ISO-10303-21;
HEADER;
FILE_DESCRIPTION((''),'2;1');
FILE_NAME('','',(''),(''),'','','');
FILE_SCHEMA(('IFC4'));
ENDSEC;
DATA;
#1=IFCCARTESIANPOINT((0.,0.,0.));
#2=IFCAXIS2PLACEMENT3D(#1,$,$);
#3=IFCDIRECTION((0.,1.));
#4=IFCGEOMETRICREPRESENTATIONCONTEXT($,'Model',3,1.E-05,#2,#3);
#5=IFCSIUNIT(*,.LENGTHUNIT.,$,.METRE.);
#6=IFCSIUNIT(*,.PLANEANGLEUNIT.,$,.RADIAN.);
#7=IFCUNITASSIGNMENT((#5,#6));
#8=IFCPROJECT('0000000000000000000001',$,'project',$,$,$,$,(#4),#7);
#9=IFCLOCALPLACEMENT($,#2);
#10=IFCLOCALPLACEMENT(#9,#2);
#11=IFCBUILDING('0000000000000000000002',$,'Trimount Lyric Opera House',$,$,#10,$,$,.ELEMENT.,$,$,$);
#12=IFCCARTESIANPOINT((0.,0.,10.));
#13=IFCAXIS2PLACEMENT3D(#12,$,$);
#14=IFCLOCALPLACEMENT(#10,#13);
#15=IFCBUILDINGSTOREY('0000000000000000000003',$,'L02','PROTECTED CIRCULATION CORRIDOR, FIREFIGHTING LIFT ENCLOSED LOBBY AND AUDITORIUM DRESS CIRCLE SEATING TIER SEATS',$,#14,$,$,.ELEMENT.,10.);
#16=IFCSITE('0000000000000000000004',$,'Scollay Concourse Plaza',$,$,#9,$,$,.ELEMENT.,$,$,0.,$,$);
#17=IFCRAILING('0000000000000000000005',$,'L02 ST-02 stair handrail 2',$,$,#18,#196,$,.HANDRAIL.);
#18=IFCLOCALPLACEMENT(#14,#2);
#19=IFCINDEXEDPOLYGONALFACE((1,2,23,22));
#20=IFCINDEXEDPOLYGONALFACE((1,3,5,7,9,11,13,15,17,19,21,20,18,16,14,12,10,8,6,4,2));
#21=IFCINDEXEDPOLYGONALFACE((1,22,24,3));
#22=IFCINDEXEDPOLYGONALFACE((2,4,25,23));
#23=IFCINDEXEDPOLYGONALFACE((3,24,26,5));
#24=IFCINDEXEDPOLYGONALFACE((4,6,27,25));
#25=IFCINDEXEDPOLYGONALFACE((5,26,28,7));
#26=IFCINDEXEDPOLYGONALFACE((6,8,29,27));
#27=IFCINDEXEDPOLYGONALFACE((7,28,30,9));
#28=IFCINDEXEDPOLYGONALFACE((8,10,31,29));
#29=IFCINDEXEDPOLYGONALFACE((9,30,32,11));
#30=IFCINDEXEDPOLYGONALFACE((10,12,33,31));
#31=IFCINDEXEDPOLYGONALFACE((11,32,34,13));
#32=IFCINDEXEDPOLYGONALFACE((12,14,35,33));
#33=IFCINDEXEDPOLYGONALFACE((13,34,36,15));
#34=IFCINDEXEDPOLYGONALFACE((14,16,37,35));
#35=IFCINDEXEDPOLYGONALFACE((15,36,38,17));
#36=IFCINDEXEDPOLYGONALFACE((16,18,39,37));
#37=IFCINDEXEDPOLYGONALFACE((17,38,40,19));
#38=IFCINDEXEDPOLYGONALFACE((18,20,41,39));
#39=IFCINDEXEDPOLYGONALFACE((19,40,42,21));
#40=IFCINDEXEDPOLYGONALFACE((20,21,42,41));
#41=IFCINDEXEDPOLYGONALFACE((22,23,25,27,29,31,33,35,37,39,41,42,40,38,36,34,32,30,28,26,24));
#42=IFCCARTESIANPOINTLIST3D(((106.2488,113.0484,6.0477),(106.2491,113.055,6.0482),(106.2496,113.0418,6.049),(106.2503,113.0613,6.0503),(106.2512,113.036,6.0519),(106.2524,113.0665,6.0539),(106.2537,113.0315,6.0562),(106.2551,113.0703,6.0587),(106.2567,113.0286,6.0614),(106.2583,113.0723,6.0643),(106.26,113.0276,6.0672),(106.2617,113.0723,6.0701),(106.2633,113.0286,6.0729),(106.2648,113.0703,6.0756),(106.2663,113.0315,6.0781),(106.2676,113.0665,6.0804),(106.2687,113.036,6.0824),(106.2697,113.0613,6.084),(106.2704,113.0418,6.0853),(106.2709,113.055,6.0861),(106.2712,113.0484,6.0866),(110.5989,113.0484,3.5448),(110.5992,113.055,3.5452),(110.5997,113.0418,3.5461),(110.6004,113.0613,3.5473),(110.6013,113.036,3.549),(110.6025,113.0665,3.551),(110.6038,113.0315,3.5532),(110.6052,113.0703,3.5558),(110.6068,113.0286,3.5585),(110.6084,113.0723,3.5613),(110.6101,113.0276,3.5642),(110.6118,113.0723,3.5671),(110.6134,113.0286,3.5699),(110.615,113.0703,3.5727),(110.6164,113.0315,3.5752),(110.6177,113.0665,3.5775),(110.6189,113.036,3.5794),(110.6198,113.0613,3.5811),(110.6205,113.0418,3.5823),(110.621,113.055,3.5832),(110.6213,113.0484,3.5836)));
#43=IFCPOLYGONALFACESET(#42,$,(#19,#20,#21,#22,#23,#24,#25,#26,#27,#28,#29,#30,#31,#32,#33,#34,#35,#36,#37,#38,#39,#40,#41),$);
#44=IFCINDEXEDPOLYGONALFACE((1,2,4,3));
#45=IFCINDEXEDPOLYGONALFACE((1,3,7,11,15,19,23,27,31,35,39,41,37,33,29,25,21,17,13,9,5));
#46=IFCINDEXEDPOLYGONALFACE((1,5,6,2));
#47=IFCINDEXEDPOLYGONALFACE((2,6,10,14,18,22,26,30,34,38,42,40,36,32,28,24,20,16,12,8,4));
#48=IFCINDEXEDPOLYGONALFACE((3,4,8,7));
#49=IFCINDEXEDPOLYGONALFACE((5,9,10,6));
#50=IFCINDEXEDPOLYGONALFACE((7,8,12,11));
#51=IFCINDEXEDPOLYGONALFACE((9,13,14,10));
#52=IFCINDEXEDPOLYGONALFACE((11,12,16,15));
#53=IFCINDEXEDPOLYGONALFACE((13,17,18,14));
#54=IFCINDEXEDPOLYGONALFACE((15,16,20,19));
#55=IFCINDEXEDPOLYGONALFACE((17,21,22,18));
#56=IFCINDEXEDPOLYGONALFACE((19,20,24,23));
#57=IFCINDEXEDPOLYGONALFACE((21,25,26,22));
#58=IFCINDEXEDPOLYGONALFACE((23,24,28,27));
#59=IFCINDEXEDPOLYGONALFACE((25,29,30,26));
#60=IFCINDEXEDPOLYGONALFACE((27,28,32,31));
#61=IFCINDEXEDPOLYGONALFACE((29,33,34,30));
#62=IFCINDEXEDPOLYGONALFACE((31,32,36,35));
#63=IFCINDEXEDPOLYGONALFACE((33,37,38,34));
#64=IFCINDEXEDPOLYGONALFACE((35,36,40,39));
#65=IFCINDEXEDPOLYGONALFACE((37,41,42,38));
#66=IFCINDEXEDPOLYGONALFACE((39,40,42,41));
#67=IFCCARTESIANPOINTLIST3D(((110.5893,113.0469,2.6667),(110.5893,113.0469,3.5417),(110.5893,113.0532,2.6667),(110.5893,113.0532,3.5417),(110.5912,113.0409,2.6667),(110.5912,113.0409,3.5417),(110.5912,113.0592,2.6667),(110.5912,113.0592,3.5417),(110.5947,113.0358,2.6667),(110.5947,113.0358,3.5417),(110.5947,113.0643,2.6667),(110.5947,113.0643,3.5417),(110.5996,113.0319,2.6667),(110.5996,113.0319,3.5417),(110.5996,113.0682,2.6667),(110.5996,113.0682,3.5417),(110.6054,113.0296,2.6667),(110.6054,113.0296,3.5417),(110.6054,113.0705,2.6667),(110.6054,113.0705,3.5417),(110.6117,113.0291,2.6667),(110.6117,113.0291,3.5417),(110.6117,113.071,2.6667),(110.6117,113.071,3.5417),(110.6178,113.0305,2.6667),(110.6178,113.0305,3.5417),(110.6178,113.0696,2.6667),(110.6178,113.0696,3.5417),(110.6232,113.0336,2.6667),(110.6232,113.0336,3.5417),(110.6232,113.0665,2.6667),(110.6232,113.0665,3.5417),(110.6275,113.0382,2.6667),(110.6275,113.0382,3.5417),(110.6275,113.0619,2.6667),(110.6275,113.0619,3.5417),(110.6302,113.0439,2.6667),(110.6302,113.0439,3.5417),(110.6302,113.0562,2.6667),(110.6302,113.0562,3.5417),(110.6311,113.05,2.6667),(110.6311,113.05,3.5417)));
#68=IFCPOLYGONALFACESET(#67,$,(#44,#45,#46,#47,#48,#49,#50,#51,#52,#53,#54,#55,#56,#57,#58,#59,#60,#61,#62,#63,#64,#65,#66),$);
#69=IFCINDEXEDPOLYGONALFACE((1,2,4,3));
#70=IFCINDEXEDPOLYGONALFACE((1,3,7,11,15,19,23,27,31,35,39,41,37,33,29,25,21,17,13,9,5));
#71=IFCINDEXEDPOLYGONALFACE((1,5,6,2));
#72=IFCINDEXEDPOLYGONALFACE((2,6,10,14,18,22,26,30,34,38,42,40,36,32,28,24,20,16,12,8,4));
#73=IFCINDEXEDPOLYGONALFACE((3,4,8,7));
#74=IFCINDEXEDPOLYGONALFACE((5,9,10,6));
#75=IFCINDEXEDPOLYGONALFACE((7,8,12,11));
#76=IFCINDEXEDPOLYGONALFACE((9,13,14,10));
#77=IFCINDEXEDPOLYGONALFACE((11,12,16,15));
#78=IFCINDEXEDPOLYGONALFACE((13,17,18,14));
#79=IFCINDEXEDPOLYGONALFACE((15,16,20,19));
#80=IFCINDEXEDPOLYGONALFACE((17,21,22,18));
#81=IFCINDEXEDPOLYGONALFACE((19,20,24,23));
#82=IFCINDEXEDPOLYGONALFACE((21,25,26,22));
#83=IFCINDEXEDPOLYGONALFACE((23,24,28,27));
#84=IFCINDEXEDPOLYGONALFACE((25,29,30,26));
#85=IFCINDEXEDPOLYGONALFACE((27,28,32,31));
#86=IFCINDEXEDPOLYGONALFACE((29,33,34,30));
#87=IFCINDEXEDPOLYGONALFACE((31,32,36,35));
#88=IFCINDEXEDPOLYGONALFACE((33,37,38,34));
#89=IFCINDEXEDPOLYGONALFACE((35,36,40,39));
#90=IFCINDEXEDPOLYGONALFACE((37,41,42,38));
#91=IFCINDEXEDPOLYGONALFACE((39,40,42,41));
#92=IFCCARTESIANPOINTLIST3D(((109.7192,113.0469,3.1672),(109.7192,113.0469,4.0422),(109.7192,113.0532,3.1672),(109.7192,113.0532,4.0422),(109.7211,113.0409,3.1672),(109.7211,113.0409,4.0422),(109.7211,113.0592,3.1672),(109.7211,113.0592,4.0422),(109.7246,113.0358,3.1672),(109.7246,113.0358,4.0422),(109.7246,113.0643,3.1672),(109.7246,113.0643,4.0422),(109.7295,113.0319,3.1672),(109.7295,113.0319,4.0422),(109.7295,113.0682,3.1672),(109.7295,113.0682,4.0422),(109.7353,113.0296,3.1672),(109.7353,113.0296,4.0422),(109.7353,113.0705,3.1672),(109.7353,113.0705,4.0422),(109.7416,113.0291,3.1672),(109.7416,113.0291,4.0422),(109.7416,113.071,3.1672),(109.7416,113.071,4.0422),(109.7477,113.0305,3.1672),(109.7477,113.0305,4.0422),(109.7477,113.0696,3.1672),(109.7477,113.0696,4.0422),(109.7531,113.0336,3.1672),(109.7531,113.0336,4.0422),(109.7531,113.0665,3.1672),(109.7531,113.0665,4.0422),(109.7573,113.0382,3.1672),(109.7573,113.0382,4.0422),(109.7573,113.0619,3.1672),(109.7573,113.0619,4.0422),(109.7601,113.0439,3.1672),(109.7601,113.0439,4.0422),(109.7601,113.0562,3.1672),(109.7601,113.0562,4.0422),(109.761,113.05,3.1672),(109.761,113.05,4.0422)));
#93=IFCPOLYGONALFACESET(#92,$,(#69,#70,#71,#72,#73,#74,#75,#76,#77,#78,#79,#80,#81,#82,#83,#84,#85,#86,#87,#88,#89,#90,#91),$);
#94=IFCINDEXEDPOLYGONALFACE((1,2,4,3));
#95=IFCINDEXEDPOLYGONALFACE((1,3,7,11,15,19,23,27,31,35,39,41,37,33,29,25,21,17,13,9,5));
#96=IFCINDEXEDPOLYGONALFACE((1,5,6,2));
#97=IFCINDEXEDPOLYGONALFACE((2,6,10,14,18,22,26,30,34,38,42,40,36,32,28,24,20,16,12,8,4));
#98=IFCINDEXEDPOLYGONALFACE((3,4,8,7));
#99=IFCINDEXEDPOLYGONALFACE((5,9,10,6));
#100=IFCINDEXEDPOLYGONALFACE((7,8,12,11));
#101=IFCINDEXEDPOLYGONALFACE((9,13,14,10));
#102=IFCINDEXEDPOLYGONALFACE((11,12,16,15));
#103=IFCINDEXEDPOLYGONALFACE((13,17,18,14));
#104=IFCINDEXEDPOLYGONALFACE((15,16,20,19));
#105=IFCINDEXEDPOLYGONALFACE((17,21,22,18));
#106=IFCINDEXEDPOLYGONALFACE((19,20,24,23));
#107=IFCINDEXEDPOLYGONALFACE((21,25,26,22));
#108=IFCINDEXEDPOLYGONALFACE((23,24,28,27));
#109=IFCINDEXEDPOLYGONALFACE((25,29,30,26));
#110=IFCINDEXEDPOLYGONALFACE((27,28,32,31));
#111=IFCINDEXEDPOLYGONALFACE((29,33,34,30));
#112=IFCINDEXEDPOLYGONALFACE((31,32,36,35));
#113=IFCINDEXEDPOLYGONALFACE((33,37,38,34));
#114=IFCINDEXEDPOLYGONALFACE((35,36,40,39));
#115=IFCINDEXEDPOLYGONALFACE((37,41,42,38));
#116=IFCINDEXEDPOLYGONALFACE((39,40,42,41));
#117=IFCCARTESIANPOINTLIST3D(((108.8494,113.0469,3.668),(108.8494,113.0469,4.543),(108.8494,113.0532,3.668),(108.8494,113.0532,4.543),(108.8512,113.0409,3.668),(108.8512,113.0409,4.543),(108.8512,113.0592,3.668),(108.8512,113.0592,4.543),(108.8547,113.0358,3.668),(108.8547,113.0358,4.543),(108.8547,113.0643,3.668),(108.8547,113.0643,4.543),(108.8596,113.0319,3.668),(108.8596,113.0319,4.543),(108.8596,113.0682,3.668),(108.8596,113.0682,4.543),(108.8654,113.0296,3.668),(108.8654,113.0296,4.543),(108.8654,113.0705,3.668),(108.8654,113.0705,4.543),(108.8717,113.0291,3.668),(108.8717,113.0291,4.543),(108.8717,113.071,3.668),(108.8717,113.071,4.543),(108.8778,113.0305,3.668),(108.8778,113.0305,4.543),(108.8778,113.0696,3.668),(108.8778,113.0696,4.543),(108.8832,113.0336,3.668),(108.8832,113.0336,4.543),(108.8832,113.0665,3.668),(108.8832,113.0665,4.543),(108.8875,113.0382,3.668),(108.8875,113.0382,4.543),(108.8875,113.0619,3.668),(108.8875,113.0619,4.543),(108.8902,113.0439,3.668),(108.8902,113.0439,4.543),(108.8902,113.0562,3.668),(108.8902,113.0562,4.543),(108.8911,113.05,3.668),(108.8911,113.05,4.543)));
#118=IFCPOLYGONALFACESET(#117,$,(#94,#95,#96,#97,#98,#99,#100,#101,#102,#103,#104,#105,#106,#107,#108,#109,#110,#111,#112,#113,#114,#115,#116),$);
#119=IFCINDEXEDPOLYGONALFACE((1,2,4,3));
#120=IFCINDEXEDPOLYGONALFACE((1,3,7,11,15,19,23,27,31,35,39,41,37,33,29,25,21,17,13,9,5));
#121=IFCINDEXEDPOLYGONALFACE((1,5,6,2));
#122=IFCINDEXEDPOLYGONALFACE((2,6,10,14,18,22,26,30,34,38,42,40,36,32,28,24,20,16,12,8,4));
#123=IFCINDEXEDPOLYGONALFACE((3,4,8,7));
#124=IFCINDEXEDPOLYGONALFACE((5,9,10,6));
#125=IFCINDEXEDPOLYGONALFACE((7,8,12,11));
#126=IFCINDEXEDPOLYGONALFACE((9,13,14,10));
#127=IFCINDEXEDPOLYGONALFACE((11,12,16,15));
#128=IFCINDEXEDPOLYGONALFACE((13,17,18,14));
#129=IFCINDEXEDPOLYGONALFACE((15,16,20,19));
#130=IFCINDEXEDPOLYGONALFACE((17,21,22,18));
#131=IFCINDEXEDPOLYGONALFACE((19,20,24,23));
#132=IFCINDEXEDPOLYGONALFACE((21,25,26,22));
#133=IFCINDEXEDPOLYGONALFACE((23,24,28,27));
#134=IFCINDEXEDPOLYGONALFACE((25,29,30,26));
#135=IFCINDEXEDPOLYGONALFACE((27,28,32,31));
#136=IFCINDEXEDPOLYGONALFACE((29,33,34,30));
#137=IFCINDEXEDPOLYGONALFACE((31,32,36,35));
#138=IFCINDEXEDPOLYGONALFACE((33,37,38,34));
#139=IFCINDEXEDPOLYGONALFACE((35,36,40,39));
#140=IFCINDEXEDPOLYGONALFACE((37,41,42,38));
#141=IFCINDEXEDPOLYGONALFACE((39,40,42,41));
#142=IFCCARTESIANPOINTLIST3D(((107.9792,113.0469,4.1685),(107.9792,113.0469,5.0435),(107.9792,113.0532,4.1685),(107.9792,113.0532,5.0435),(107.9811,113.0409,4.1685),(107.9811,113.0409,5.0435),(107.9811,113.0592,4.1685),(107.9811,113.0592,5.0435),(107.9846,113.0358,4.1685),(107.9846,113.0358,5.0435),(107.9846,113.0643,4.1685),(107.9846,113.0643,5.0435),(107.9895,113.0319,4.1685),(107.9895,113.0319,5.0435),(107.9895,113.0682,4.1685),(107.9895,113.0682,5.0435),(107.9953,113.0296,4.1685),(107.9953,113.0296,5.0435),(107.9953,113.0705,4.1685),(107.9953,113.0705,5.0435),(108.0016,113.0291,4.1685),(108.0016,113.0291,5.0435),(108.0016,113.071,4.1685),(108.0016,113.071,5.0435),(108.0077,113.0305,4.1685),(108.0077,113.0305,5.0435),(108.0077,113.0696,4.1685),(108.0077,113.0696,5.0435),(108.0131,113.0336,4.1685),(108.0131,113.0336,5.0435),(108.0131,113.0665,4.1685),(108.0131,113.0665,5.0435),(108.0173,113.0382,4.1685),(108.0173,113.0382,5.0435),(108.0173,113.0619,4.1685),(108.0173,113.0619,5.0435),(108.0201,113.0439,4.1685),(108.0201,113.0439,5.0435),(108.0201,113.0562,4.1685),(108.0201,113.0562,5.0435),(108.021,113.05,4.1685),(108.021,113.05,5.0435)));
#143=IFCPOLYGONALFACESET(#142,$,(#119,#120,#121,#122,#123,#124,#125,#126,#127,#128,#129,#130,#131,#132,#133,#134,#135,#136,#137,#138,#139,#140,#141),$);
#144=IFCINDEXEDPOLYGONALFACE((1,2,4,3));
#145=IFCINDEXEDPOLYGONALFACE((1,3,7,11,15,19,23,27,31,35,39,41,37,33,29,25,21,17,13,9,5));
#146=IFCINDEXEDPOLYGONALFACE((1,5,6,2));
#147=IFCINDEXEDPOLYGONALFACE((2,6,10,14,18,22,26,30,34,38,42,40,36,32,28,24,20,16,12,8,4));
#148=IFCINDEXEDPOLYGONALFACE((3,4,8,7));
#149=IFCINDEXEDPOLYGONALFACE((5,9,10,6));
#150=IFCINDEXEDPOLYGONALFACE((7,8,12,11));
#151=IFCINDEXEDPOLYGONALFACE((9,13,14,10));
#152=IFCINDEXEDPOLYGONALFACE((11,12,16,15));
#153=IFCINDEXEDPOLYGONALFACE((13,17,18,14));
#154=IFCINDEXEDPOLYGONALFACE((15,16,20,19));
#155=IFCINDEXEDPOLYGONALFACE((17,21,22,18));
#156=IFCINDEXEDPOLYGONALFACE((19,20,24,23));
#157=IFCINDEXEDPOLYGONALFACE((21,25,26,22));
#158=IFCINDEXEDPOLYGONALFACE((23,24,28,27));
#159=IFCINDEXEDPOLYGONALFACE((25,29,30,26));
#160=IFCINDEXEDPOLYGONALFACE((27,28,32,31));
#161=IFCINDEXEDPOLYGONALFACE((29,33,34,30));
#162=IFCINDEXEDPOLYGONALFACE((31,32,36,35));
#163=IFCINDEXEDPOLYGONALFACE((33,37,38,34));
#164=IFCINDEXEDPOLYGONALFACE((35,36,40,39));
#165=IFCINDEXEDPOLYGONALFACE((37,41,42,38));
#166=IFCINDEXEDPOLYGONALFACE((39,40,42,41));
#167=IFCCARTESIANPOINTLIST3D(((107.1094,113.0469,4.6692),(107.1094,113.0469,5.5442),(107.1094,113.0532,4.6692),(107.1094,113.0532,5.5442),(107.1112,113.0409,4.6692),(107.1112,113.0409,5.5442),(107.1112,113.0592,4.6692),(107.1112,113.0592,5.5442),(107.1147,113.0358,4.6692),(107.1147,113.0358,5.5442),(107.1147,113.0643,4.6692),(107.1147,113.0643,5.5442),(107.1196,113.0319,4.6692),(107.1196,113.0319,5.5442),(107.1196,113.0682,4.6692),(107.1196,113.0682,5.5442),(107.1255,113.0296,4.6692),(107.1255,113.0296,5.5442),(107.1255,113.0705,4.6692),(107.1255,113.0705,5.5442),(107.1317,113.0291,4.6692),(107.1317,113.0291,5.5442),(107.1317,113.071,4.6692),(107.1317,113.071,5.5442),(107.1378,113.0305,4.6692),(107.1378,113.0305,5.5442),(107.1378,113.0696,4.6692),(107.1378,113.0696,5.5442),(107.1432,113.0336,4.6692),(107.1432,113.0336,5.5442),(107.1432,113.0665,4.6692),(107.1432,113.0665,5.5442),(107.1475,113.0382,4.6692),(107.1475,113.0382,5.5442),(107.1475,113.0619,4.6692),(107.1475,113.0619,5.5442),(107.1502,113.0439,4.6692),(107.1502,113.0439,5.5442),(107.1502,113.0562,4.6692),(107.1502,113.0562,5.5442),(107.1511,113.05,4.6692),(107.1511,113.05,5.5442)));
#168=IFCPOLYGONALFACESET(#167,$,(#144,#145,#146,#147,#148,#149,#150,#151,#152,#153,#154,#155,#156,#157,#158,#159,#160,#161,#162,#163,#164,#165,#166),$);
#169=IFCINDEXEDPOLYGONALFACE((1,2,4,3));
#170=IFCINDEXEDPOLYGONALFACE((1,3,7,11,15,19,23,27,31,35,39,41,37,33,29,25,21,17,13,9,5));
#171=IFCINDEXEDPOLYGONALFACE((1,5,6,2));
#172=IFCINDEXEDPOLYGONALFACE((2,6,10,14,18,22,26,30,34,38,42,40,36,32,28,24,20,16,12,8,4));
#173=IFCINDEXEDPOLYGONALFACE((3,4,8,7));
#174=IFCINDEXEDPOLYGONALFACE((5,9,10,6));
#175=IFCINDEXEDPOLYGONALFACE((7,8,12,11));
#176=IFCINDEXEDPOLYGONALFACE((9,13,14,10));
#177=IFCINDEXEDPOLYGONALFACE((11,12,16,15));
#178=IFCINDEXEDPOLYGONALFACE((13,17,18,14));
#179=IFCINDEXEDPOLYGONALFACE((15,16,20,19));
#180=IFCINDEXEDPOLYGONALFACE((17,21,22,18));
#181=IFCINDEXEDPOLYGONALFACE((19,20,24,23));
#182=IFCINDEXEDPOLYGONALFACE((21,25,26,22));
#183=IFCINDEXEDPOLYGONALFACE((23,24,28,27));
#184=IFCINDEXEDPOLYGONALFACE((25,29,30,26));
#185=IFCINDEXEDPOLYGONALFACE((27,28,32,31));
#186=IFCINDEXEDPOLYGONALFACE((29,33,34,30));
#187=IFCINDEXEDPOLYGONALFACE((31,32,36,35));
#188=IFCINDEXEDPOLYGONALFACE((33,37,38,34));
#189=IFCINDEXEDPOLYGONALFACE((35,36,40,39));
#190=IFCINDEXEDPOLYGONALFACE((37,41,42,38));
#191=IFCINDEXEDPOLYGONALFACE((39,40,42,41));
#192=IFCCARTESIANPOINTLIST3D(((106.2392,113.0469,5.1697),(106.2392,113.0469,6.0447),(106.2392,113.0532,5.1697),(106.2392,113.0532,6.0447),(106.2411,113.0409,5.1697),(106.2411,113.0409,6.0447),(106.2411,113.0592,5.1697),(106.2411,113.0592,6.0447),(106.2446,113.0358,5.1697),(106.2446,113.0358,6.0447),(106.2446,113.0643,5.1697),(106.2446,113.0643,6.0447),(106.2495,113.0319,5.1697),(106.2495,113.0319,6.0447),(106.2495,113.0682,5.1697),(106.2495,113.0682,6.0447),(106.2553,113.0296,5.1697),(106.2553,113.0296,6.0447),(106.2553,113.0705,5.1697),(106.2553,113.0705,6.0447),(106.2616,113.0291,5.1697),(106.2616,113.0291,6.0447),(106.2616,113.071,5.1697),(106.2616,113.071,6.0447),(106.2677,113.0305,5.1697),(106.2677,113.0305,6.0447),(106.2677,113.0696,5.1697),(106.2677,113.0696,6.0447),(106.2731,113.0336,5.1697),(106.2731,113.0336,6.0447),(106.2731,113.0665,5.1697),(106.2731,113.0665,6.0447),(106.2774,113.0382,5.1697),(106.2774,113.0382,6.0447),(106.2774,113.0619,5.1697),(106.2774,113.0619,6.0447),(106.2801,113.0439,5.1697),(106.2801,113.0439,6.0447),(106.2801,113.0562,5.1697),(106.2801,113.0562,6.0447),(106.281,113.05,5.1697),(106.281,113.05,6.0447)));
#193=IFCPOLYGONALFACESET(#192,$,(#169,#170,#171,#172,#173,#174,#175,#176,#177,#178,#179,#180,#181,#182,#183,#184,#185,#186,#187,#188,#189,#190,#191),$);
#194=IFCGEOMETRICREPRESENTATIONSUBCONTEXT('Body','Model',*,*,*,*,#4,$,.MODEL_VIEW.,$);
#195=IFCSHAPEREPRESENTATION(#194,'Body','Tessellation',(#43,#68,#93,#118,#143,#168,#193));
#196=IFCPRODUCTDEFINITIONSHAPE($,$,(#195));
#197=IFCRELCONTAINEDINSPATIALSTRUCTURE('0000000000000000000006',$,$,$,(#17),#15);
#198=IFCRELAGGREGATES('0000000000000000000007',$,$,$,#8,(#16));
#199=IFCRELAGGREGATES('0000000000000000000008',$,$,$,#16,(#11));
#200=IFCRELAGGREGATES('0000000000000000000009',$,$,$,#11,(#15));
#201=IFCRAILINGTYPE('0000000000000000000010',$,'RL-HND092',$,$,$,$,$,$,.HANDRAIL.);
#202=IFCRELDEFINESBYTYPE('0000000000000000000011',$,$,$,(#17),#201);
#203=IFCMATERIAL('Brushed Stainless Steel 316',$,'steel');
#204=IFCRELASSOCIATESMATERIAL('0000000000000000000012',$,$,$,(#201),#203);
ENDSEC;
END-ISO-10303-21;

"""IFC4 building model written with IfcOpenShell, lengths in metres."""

from ifc_helpers import new_model, si_unit, direction, frame, origin, origin_2d, place, context, subcontext, project, spatial, circle, extrude, material, type_object, element, save


model = new_model("IFC4")

# Units and contexts
model_context = context("Model", 3, precision=1e-05, world=origin(), true_north=direction((0.0, 1.0)))
body_context = subcontext(model_context, "Body", "Model", "MODEL_VIEW")
ifc_project = project(units=[si_unit("LENGTHUNIT", "METRE"), si_unit("PLANEANGLEUNIT", "RADIAN")], contexts=[model_context])

# Site, building, storey
site_placement = place(None, origin())
site = spatial("IfcSite", under=ifc_project, at=site_placement, Name="Scollay Concourse Plaza", CompositionType="ELEMENT", RefElevation=0.0)
building_placement = place(site_placement, origin())
building = spatial("IfcBuilding", under=site, at=building_placement, Name="Trimount Lyric Opera House", CompositionType="ELEMENT")
storey_placement = place(building_placement, frame((0.0, 0.0, 10.0)))
storey = spatial("IfcBuildingStorey", under=building, at=storey_placement, Name="L02", Description="PROTECTED CIRCULATION CORRIDOR, FIREFIGHTING LIFT ENCLOSED LOBBY AND AUDITORIUM DRESS CIRCLE SEATING TIER SEATS", CompositionType="ELEMENT", Elevation=10.0)

# Railing
ifc_material_1 = material(Name="Brushed Stainless Steel 316", Category="steel")
railing_type_1 = type_object("IfcRailingType", Name="RL-HND092", PredefinedType="HANDRAIL", material=ifc_material_1)
railing_1_placement = place(storey_placement, frame((110.6101, 113.05, 2.6667)))
element("IfcRailing", 1, at=railing_1_placement, inside=storey, type_object=railing_type_1, Name="L02 ST-02 stair handrail 2", PredefinedType="HANDRAIL", context=body_context, shape_type="SweptSolid", body=[
    extrude(circle(Radius=0.0225, at=origin_2d()), frame((0.0, 0.0, 0.8975), z_axis=(-0.866766, 0.0, 0.498714), x_axis=(0.0, -1.0, 0.0)), (0.0, 0.0, 1.0), 5.0188),
    extrude(circle(Radius=0.021, at=origin_2d()), origin(), (0.0, 0.0, 1.0), 0.875),
    extrude(circle(Radius=0.021, at=origin_2d()), frame((-0.8701, 0.0, 0.5005)), (0.0, 0.0, 1.0), 0.875),
    extrude(circle(Radius=0.021, at=origin_2d()), frame((-1.74, 0.0, 1.0012)), (0.0, 0.0, 1.0), 0.875),
    extrude(circle(Radius=0.021, at=origin_2d()), frame((-2.6101, 0.0, 1.5017)), (0.0, 0.0, 1.0), 0.875),
    extrude(circle(Radius=0.021, at=origin_2d()), frame((-3.48, 0.0, 2.0024)), (0.0, 0.0, 1.0), 0.875),
    extrude(circle(Radius=0.021, at=origin_2d()), frame((-4.3501, 0.0, 2.5029)), (0.0, 0.0, 1.0), 0.875),
])

save(model, "model.ifc")
